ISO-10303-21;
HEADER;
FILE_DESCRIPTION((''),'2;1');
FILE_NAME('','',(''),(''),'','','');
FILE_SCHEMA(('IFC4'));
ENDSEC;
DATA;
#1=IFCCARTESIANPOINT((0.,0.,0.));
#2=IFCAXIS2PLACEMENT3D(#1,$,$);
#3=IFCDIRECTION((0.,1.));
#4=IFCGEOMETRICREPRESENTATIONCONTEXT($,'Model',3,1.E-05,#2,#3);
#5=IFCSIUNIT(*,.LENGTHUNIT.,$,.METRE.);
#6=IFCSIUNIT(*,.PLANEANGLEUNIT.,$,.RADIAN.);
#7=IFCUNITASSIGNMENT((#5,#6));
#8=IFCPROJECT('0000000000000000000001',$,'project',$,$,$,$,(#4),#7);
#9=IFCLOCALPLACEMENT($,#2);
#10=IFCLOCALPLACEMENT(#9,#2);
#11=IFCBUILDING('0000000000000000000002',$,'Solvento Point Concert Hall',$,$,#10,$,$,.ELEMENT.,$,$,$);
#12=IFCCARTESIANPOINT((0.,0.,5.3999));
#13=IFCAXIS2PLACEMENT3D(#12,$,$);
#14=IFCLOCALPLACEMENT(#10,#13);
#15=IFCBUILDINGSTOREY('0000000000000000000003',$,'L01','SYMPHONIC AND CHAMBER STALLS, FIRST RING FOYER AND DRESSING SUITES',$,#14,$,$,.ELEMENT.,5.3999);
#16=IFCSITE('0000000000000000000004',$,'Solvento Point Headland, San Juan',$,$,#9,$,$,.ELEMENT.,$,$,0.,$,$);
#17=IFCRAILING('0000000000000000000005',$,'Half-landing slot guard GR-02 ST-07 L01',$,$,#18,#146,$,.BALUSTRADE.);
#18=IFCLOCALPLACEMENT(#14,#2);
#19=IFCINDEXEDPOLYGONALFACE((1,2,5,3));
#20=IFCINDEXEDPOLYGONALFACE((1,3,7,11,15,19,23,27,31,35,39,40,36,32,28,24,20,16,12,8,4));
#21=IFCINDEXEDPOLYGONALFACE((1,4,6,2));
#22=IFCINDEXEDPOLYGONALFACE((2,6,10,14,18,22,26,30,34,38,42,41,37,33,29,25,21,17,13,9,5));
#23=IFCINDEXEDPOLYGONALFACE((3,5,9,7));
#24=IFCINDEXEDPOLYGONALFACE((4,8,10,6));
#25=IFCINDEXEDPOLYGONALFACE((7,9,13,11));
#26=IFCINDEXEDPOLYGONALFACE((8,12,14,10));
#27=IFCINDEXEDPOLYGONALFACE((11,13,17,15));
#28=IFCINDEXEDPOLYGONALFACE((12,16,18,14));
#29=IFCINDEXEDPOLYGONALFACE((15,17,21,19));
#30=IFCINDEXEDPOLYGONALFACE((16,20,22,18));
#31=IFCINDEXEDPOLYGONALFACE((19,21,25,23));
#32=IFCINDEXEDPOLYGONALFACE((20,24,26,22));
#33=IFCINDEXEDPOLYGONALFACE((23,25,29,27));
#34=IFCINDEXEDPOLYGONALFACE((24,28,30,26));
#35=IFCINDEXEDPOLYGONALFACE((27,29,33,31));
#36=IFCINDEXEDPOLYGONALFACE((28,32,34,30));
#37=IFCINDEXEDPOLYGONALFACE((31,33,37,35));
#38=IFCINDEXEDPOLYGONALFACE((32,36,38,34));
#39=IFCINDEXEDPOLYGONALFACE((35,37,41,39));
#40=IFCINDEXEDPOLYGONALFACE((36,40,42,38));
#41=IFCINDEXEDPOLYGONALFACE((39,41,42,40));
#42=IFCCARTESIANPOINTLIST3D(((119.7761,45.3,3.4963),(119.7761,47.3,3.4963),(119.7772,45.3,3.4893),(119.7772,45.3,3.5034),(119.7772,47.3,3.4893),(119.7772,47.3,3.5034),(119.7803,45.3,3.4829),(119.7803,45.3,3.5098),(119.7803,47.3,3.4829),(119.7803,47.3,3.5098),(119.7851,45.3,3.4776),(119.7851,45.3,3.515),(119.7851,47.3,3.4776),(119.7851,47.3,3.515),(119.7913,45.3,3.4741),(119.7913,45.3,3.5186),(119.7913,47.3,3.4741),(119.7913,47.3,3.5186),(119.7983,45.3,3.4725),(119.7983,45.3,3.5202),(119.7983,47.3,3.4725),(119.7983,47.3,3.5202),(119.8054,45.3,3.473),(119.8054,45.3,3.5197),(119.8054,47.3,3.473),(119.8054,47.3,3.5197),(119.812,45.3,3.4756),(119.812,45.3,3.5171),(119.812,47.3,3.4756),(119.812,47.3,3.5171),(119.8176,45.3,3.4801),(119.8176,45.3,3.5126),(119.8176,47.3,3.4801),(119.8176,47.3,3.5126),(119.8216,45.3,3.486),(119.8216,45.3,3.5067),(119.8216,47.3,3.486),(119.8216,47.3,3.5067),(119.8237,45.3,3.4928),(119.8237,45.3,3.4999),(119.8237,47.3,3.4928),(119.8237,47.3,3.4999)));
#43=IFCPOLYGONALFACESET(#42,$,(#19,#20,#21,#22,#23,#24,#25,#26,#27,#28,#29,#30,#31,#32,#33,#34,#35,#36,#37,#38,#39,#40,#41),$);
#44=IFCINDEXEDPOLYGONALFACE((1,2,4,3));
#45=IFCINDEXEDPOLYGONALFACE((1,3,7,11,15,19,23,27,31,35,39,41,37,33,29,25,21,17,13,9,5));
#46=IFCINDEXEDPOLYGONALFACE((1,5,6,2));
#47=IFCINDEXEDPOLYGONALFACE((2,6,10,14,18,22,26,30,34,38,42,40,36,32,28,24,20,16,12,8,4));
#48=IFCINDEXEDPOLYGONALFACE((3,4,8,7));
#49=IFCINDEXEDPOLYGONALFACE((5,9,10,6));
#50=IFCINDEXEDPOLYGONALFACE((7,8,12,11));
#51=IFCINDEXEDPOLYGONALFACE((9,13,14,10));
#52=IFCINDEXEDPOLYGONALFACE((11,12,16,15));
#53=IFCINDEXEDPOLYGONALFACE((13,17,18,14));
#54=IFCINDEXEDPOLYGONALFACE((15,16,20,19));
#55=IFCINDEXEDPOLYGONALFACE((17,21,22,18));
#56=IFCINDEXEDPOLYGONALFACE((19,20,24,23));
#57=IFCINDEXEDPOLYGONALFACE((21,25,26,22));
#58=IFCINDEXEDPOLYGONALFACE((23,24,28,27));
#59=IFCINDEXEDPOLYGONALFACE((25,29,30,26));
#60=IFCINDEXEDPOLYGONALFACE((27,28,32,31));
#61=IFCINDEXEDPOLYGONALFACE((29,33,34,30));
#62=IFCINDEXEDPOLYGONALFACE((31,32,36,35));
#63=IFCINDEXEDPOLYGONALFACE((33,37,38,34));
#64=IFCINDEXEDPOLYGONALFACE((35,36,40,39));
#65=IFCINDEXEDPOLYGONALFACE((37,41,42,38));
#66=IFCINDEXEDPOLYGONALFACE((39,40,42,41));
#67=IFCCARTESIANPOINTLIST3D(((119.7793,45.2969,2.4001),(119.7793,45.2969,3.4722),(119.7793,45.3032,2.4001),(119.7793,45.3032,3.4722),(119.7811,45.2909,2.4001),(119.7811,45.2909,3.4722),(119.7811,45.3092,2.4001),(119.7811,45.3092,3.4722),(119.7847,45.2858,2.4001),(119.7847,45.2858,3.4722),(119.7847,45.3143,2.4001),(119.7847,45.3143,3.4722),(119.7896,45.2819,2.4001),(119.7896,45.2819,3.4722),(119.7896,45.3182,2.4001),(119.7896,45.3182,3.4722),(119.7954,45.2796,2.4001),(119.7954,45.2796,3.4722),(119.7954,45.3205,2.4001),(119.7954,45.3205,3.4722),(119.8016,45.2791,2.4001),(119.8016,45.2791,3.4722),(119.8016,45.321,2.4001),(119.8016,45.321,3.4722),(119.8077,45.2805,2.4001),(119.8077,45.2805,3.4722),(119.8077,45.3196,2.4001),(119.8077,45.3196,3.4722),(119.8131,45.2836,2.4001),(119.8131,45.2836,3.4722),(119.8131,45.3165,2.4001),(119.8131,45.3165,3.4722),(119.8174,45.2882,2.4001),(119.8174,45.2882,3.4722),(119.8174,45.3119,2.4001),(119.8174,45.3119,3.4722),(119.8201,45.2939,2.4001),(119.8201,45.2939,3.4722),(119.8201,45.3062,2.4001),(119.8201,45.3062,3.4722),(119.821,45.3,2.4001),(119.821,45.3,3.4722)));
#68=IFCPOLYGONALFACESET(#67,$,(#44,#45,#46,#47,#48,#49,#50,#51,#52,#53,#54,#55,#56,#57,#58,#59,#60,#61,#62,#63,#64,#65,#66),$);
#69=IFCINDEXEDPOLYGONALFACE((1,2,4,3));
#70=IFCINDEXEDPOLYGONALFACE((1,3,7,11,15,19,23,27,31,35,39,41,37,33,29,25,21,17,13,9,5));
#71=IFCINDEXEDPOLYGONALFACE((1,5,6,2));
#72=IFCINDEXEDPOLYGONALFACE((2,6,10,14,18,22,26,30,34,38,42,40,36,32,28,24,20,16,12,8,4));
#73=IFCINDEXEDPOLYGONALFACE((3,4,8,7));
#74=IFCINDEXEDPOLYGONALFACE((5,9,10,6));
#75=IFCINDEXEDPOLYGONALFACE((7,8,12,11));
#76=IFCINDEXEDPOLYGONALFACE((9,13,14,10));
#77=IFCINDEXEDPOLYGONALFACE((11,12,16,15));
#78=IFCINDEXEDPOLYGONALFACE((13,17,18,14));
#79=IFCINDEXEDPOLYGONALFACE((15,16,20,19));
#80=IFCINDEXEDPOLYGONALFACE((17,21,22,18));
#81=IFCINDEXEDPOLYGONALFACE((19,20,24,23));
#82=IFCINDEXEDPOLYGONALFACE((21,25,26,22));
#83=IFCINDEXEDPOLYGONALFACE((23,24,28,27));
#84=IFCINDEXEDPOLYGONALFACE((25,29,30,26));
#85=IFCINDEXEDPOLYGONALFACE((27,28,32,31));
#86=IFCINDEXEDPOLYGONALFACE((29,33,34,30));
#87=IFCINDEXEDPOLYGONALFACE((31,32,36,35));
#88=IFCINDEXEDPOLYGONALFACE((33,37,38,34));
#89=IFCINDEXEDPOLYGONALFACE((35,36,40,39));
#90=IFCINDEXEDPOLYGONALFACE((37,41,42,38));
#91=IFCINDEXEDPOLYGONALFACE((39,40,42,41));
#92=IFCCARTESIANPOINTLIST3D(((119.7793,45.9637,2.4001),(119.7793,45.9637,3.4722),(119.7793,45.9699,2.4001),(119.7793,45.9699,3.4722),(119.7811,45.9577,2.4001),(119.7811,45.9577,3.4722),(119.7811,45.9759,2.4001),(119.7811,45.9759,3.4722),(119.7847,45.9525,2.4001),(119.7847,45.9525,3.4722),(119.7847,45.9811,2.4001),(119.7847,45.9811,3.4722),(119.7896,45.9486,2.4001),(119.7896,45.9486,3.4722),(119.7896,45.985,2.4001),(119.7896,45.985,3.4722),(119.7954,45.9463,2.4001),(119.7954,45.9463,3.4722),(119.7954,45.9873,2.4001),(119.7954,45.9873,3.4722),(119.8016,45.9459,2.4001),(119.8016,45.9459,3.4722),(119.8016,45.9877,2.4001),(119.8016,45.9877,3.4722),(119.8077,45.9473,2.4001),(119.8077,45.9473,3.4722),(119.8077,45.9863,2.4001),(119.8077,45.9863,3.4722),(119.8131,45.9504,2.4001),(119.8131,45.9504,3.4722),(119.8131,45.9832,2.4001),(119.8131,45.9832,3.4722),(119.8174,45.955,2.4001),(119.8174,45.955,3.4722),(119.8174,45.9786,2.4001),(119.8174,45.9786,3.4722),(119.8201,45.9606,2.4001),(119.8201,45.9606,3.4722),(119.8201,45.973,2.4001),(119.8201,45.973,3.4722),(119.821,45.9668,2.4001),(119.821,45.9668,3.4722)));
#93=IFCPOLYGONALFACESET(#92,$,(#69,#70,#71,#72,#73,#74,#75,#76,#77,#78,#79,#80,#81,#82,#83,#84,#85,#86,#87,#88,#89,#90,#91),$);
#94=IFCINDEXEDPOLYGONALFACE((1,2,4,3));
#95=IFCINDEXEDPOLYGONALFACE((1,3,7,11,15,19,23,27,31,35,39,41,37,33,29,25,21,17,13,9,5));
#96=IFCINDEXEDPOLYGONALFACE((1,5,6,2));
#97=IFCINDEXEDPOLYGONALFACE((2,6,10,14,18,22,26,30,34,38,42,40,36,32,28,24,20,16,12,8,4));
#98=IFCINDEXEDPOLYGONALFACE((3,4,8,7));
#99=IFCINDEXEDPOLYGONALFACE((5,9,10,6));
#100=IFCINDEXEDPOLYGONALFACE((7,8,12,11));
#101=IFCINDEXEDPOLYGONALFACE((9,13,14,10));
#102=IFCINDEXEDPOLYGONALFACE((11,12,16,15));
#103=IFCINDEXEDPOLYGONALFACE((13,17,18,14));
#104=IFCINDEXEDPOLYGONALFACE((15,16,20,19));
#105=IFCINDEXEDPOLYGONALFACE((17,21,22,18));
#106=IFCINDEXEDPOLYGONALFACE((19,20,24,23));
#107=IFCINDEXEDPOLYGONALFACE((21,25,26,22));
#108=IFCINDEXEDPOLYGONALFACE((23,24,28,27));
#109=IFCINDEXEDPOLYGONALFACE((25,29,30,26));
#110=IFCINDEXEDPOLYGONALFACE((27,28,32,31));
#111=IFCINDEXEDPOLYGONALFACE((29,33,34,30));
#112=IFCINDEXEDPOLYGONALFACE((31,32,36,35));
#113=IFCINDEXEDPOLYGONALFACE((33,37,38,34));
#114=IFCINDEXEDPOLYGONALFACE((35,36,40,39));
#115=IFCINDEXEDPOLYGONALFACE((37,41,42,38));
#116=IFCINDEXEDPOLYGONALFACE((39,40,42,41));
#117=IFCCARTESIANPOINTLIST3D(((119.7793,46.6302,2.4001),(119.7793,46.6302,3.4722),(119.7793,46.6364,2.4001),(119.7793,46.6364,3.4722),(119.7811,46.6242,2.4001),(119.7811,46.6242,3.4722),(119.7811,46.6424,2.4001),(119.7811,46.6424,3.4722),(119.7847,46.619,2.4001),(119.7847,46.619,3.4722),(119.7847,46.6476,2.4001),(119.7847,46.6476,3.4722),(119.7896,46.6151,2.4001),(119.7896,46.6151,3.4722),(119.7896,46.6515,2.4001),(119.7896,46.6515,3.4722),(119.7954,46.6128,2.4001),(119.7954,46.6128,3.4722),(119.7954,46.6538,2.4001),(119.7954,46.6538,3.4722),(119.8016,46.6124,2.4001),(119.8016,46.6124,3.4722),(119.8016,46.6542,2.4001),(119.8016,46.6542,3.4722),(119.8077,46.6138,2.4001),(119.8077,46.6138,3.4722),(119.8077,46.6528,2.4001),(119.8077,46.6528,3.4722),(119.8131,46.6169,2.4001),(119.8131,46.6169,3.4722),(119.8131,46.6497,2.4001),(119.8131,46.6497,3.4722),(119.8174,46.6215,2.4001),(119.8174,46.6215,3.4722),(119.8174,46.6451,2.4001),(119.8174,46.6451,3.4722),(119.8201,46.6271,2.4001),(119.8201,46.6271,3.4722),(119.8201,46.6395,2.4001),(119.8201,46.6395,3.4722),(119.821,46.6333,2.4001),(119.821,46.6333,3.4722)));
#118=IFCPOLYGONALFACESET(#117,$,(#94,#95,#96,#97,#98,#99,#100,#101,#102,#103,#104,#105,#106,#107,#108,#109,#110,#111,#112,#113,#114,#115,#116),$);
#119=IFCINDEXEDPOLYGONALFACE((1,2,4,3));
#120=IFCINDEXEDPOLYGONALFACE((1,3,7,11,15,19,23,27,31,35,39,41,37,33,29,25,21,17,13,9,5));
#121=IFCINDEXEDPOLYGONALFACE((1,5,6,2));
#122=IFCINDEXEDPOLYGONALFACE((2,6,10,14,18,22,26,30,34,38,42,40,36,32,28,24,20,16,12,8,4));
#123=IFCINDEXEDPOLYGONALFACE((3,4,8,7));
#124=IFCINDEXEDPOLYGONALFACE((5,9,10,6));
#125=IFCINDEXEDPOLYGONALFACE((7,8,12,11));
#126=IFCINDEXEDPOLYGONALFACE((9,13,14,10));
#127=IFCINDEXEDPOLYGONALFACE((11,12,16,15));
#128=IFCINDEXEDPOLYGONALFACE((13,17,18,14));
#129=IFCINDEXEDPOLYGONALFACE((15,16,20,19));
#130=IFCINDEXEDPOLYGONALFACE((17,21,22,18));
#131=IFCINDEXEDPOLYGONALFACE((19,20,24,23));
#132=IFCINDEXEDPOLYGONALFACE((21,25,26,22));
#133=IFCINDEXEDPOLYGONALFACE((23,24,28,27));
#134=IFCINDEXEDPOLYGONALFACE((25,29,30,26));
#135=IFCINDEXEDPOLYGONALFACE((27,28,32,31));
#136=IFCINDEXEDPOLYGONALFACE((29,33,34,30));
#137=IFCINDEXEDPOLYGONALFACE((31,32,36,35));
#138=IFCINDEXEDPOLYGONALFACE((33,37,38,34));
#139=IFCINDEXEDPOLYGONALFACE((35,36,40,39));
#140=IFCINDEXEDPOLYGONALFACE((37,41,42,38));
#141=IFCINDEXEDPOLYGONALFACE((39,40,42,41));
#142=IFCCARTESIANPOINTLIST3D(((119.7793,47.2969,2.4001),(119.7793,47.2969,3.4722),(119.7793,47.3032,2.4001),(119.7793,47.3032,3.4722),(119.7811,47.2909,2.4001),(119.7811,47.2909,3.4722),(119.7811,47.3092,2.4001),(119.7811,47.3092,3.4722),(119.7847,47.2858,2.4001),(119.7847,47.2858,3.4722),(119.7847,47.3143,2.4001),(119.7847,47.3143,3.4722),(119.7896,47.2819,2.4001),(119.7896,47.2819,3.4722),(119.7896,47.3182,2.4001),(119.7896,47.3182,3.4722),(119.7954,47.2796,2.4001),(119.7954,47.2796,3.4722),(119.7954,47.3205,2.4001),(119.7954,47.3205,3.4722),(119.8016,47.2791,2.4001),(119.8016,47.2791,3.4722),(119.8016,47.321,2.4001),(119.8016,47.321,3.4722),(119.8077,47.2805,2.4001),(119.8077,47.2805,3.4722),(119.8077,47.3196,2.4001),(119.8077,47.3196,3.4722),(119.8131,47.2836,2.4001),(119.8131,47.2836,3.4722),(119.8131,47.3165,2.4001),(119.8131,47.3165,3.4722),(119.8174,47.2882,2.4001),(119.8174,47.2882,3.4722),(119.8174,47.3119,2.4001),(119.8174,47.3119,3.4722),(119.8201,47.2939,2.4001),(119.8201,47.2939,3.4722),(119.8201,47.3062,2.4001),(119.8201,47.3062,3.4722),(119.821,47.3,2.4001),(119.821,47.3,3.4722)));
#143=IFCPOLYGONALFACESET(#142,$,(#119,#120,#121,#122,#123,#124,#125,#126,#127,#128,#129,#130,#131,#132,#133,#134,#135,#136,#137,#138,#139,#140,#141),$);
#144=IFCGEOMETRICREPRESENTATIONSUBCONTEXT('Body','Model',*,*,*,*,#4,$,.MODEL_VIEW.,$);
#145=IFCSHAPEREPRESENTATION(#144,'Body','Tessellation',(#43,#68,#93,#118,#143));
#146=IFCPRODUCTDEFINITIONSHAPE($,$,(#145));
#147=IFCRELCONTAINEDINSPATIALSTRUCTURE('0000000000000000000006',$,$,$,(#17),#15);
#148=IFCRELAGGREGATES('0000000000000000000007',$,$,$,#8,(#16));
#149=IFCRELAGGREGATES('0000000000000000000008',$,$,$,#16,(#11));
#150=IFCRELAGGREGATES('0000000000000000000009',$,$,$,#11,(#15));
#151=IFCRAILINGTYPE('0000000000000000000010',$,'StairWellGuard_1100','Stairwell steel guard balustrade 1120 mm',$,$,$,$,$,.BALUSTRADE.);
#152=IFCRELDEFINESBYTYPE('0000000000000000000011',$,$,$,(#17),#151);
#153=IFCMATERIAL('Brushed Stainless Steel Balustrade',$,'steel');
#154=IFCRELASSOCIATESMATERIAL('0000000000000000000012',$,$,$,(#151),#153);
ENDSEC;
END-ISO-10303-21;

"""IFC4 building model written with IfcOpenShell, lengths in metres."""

from ifc_helpers import new_model, si_unit, direction, frame, origin, origin_2d, place, context, subcontext, project, spatial, circle, extrude, material, type_object, element, save


model = new_model("IFC4")

# Units and contexts
model_context = context("Model", 3, precision=1e-05, world=origin(), true_north=direction((0.0, 1.0)))
body_context = subcontext(model_context, "Body", "Model", "MODEL_VIEW")
ifc_project = project(units=[si_unit("LENGTHUNIT", "METRE"), si_unit("PLANEANGLEUNIT", "RADIAN")], contexts=[model_context])

# Site, building, storey
site_placement = place(None, origin())
site = spatial("IfcSite", under=ifc_project, at=site_placement, Name="Solvento Point Headland, San Juan", CompositionType="ELEMENT", RefElevation=0.0)
building_placement = place(site_placement, origin())
building = spatial("IfcBuilding", under=site, at=building_placement, Name="Solvento Point Concert Hall", CompositionType="ELEMENT")
storey_placement = place(building_placement, frame((0.0, 0.0, 5.3999)))
storey = spatial("IfcBuildingStorey", under=building, at=storey_placement, Name="L01", Description="SYMPHONIC AND CHAMBER STALLS, FIRST RING FOYER AND DRESSING SUITES", CompositionType="ELEMENT", Elevation=5.3999)

# Railing
ifc_material_1 = material(Name="Brushed Stainless Steel Balustrade", Category="steel")
railing_type_1 = type_object("IfcRailingType", Name="StairWellGuard_1100", Description="Stairwell steel guard balustrade 1120 mm", PredefinedType="BALUSTRADE", material=ifc_material_1)
railing_1_placement = place(storey_placement, frame((119.8, 45.3, 2.4001)))
element("IfcRailing", 1, at=railing_1_placement, inside=storey, type_object=railing_type_1, Name="Half-landing slot guard GR-02 ST-07 L01", PredefinedType="BALUSTRADE", context=body_context, shape_type="SweptSolid", body=[
    extrude(circle(Radius=0.0239, at=origin_2d()), frame((0.0, 0.0, 1.0962), z_axis=(0.0, 1.0, 0.0), x_axis=(-1.0, 0.0, 0.0)), (0.0, 0.0, 1.0), 2.0),
    extrude(circle(Radius=0.021, at=origin_2d()), origin(), (0.0, 0.0, 1.0), 1.072),
    extrude(circle(Radius=0.021, at=origin_2d()), frame((0.0, 0.6667, 0.0)), (0.0, 0.0, 1.0), 1.072),
    extrude(circle(Radius=0.021, at=origin_2d()), frame((0.0, 1.3333, 0.0)), (0.0, 0.0, 1.0), 1.072),
    extrude(circle(Radius=0.021, at=origin_2d()), frame((0.0, 2.0, 0.0)), (0.0, 0.0, 1.0), 1.072),
])

save(model, "model.ifc")
